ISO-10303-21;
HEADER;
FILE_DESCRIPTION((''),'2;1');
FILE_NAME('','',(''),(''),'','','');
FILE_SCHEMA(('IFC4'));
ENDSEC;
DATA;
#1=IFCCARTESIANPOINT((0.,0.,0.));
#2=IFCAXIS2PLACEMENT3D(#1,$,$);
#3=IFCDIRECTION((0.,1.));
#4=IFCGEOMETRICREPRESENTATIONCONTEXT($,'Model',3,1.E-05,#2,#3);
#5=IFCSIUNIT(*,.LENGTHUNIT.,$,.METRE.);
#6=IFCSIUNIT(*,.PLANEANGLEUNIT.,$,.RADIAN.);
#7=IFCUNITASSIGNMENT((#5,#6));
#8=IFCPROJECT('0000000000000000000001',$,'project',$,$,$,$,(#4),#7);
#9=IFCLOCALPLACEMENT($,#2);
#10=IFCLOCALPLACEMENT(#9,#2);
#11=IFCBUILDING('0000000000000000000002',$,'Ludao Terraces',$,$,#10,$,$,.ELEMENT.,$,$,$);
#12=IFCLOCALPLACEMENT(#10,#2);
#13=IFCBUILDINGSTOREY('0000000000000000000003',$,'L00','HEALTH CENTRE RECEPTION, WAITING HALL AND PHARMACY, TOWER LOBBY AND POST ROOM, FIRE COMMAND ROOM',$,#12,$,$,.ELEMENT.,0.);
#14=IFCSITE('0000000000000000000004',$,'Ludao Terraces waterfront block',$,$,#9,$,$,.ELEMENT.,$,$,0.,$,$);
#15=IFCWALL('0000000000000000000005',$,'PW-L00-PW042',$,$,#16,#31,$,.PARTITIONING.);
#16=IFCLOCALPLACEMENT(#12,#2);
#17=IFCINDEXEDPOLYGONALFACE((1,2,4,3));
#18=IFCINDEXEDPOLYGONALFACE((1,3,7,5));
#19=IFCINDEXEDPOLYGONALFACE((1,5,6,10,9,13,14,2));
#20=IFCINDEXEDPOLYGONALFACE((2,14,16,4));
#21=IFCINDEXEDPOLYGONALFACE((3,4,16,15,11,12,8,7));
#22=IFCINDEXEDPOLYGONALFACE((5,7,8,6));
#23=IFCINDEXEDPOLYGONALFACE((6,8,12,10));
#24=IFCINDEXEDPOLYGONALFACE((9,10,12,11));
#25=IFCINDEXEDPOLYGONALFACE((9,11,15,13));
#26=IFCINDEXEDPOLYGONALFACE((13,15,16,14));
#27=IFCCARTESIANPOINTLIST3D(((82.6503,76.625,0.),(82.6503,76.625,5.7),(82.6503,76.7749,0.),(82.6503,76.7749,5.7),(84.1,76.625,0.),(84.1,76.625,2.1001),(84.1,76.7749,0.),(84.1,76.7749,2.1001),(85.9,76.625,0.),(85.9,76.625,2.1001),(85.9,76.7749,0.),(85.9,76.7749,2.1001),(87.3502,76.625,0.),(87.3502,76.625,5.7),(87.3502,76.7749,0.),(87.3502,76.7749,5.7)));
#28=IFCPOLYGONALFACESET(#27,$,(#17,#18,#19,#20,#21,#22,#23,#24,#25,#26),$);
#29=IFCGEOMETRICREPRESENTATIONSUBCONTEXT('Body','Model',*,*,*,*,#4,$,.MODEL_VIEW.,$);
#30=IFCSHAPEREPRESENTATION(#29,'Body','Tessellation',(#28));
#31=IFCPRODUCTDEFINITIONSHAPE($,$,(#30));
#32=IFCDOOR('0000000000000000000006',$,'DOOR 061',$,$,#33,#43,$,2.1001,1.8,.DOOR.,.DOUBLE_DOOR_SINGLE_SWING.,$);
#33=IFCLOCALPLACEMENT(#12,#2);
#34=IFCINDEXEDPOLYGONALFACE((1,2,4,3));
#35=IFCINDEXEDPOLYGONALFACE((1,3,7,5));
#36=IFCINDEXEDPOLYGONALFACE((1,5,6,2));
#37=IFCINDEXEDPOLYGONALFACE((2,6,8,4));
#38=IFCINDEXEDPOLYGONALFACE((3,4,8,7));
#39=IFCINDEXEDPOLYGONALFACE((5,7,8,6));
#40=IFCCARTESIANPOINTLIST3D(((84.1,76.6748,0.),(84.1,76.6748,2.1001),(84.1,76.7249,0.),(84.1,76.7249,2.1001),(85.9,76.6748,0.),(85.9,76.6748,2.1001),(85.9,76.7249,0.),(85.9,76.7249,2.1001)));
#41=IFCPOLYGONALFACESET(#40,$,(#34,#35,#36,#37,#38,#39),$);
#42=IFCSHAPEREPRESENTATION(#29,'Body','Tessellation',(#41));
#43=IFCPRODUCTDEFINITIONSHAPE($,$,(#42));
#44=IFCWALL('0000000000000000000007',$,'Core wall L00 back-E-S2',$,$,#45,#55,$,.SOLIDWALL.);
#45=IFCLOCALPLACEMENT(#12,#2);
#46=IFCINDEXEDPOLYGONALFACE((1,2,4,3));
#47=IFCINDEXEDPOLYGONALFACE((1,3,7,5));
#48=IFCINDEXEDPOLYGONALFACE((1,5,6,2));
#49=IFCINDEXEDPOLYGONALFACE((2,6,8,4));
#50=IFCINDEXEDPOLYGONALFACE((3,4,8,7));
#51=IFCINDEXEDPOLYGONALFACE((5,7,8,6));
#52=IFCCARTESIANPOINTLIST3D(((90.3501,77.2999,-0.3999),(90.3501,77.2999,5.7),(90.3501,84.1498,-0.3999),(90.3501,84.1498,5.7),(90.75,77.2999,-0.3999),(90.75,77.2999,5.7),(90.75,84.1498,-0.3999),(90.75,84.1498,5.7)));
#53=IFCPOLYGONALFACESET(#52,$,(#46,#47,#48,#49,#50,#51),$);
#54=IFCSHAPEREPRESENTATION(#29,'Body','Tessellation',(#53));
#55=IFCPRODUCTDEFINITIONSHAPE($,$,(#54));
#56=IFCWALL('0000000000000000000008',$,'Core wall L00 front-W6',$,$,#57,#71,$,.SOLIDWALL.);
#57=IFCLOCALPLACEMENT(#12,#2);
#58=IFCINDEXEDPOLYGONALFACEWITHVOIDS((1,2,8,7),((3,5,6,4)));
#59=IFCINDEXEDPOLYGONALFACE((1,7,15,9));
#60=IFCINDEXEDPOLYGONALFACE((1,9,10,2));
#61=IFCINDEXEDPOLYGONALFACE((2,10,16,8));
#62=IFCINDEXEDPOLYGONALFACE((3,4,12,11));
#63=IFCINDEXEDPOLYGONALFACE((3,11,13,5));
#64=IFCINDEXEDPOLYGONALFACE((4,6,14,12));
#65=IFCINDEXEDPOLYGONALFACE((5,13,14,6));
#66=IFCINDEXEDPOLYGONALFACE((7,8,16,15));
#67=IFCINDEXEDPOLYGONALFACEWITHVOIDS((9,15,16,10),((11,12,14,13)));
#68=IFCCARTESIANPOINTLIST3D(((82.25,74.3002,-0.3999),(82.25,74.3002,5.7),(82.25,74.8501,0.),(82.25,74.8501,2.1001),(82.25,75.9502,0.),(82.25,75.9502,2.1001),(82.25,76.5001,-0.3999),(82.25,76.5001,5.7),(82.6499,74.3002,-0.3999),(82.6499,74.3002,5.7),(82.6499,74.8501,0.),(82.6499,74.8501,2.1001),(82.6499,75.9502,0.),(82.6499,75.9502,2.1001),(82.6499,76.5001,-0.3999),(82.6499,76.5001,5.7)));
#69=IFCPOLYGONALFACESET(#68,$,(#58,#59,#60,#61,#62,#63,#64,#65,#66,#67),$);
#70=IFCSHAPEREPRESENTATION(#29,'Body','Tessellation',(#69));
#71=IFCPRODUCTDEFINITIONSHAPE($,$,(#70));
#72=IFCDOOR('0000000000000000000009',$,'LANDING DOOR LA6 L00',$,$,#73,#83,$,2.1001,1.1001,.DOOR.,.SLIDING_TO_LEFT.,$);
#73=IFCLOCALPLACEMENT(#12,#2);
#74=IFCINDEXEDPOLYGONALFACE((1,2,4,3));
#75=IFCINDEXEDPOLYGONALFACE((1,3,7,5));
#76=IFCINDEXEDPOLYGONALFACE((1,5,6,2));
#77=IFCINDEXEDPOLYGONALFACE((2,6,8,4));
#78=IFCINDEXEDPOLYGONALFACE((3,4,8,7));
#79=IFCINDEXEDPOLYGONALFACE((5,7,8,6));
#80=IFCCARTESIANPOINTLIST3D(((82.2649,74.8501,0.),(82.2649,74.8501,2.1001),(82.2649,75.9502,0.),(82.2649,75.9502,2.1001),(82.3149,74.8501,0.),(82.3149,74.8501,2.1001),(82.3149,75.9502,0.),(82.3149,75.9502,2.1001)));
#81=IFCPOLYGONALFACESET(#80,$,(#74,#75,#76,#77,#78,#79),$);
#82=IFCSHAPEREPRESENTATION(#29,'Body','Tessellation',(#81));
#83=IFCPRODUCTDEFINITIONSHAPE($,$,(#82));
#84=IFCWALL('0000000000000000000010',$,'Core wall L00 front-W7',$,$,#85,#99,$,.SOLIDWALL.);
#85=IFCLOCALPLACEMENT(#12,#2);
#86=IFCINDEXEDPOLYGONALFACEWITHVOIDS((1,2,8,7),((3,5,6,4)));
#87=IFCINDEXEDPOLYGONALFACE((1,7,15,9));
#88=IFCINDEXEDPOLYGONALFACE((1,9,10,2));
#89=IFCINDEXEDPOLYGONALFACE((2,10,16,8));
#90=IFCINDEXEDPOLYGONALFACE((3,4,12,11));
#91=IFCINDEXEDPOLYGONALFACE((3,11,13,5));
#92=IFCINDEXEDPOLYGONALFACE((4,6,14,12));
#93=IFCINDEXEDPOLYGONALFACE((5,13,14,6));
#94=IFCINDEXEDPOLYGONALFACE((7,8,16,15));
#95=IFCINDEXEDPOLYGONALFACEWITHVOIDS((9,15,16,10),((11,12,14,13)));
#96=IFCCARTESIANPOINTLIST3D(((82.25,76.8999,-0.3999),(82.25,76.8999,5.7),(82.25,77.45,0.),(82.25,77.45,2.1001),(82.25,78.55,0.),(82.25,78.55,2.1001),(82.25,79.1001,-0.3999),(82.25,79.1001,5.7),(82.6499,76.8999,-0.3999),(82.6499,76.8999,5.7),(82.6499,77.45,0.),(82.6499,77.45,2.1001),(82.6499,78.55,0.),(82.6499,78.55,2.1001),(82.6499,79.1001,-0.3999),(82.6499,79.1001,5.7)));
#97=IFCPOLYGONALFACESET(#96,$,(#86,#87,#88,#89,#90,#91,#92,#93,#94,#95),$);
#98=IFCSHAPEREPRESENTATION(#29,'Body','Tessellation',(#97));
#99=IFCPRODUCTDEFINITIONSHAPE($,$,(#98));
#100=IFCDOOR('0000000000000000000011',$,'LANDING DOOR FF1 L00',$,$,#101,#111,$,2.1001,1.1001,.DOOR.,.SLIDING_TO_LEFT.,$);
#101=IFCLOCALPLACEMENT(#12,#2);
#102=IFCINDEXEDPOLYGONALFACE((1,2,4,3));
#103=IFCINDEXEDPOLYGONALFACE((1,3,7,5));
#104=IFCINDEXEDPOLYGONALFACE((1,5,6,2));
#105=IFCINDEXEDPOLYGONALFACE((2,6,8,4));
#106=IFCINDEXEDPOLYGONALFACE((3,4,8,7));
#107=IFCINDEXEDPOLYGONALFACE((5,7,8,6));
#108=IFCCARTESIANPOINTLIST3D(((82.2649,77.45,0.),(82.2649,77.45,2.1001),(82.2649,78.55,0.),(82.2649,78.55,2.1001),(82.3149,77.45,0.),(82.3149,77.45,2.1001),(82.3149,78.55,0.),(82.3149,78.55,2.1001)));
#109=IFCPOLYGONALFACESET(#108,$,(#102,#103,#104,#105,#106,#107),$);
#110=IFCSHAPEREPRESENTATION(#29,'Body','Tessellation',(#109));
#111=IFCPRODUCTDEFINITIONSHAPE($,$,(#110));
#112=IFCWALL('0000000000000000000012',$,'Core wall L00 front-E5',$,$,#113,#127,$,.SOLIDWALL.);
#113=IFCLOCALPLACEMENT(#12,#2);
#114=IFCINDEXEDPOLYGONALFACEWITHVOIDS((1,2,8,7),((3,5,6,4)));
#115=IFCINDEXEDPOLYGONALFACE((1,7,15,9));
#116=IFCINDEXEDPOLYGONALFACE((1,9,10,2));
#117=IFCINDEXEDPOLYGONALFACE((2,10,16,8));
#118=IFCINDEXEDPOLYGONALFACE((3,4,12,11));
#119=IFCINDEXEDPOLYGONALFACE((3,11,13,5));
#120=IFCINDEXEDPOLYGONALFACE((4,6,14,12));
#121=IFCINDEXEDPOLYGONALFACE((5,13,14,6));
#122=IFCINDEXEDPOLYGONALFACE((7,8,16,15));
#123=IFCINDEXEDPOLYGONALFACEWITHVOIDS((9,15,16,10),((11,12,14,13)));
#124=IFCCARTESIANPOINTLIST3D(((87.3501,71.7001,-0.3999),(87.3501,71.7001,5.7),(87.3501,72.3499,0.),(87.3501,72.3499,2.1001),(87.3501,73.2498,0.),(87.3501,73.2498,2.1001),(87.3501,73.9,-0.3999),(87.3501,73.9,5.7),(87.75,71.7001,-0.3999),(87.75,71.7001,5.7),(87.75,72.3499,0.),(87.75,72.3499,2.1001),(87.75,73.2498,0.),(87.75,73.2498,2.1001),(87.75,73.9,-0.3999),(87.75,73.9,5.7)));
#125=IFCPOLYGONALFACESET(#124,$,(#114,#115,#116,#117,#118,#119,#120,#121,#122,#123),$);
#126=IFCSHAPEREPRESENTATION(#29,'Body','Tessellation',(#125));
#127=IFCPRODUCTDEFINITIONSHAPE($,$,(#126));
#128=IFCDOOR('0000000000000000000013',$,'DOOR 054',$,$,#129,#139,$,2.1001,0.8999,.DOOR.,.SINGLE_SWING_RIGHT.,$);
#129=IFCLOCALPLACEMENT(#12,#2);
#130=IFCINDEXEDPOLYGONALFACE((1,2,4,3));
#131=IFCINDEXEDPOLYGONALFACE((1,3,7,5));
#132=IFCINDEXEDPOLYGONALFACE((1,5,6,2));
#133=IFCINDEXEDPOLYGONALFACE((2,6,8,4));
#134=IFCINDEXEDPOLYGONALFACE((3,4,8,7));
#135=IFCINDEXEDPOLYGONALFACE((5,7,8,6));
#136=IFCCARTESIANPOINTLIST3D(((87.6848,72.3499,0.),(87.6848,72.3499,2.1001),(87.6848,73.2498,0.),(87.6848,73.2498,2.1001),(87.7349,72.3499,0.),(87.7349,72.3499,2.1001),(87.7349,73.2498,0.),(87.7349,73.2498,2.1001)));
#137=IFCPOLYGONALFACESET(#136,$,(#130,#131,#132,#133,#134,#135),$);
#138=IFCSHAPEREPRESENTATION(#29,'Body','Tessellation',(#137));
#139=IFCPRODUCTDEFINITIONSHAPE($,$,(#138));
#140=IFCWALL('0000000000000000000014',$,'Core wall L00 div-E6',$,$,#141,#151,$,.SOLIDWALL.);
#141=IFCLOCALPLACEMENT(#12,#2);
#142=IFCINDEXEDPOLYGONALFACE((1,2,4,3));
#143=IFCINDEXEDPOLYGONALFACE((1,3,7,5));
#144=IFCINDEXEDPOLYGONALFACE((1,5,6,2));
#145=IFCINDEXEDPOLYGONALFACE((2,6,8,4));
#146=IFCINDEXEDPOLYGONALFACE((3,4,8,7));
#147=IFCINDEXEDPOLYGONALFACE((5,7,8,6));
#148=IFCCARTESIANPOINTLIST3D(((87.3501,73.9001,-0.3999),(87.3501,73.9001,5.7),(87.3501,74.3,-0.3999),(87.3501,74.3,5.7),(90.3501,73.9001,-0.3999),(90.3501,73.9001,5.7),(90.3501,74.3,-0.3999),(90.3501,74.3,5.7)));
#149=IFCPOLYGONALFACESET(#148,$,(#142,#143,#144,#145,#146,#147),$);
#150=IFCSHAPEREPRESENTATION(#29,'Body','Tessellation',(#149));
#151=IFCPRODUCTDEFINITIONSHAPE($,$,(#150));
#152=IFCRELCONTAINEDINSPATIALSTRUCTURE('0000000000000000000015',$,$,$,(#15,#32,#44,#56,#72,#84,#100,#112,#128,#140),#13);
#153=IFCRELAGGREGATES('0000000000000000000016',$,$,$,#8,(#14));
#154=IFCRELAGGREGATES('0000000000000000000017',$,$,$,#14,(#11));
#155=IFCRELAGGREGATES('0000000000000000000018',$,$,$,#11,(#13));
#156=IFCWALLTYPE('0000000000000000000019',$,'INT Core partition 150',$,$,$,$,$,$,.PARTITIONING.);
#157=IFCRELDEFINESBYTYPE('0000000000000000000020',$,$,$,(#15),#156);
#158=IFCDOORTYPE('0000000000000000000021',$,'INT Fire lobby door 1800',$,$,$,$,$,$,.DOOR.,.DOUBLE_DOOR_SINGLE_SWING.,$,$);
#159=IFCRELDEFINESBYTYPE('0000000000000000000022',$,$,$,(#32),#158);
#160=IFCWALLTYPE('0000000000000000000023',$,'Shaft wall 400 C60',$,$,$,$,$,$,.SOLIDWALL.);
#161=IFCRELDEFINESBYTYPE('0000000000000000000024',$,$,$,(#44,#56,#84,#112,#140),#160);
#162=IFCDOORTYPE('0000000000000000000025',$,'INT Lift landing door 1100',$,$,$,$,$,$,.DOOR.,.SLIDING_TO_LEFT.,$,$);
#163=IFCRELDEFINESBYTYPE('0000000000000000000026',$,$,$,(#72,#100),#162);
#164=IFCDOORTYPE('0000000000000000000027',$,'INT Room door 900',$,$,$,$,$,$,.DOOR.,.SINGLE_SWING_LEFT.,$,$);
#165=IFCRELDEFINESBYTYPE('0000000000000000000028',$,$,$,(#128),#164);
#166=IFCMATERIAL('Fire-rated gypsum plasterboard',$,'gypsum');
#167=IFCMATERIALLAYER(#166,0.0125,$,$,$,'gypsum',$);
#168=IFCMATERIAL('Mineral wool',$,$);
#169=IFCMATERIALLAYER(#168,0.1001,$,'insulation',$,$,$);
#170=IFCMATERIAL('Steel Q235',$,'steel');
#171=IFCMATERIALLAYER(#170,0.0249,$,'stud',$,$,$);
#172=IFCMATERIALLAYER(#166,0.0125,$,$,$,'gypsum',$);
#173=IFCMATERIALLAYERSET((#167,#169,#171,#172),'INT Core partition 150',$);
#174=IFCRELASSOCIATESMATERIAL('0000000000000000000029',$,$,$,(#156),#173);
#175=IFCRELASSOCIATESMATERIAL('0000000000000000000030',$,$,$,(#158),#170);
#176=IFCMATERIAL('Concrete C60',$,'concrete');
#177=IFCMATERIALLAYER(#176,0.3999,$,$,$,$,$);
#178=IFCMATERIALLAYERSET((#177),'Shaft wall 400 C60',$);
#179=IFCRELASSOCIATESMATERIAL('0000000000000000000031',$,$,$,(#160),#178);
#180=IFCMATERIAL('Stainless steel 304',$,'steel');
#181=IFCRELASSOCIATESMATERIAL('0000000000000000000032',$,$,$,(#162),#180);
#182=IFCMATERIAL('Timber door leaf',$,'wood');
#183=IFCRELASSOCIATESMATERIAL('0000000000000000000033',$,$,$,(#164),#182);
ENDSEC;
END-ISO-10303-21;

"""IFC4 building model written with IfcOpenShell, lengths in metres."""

from ifc_helpers import new_model, si_unit, direction, frame, frame_2d, origin, place, context, subcontext, project, spatial, rectangle, extrude, material, layer, layer_set, type_object, element, fill, save


model = new_model("IFC4")

# Units and contexts
model_context = context("Model", 3, precision=1e-05, world=origin(), true_north=direction((0.0, 1.0)))
body_context = subcontext(model_context, "Body", "Model", "MODEL_VIEW")
ifc_project = project(units=[si_unit("LENGTHUNIT", "METRE"), si_unit("PLANEANGLEUNIT", "RADIAN")], contexts=[model_context])

# Site, building, storey
site_placement = place(None, origin())
site = spatial("IfcSite", under=ifc_project, at=site_placement, Name="Ludao Terraces waterfront block", CompositionType="ELEMENT", RefElevation=0.0)
building_placement = place(site_placement, origin())
building = spatial("IfcBuilding", under=site, at=building_placement, Name="Ludao Terraces", CompositionType="ELEMENT")
storey_placement = place(building_placement, origin())
storey = spatial("IfcBuildingStorey", under=building, at=storey_placement, Name="L00", Description="HEALTH CENTRE RECEPTION, WAITING HALL AND PHARMACY, TOWER LOBBY AND POST ROOM, FIRE COMMAND ROOM", CompositionType="ELEMENT", Elevation=0.0)

# Wall, opening, door
ifc_material_1 = material(Name="Fire-rated gypsum plasterboard", Category="gypsum")
ifc_layer_1 = layer(ifc_material_1, 0.0125, Category="gypsum")
ifc_material_2 = material(Name="Mineral wool")
ifc_layer_2 = layer(ifc_material_2, 0.1001, Name="insulation")
ifc_material_3 = material(Name="Steel Q235", Category="steel")
ifc_layer_3 = layer(ifc_material_3, 0.0249, Name="stud")
ifc_layer_4 = layer(ifc_material_1, 0.0125, Category="gypsum")
ifc_layer_set_1 = layer_set([ifc_layer_1, ifc_layer_2, ifc_layer_3, ifc_layer_4], Name="INT Core partition 150")
wall_type_1 = type_object("IfcWallType", Name="INT Core partition 150", PredefinedType="PARTITIONING", material=ifc_layer_set_1)
wall_1_placement = place(storey_placement, frame((82.6501, 76.7, 0.0), z_axis=(0.0, 0.0, 1.0), x_axis=(1.0, 0.0, 0.0)))
wall_1 = element("IfcWall", 1, at=wall_1_placement, inside=storey, type_object=wall_type_1, Name="PW-L00-PW042", PredefinedType="PARTITIONING", context=body_context, shape_type="SweptSolid", body=[
    extrude(rectangle(XDim=4.7, YDim=0.1499, at=frame_2d((2.3501, 0.0))), origin(), (0.0, 0.0, 1.0), 5.7),
])
opening_1_placement = place(wall_1_placement, frame((1.45, 0.0, 0.0)))
opening_1 = element("IfcOpeningElement", 2, at=opening_1_placement, cuts=wall_1, PredefinedType="OPENING", context=body_context, shape_type="SweptSolid", body=[
    extrude(rectangle(XDim=1.8, YDim=2.1001, at=frame_2d((0.8999, 1.05))), frame((0.0, 0.085, 0.0), z_axis=(0.0, -1.0, 0.0), x_axis=(1.0, 0.0, 0.0)), (0.0, 0.0, 1.0), 0.1699),
])
door_type_1 = type_object("IfcDoorType", Name="INT Fire lobby door 1800", OperationType="DOUBLE_DOOR_SINGLE_SWING", PredefinedType="DOOR", material=ifc_material_3)
door_1_placement = place(opening_1_placement, origin())
door_1 = element("IfcDoor", 3, at=door_1_placement, inside=storey, type_object=door_type_1, Name="DOOR 061", OperationType="DOUBLE_DOOR_SINGLE_SWING", OverallHeight=2.1001, OverallWidth=1.8, PredefinedType="DOOR", context=body_context, shape_type="SweptSolid", body=[
    extrude(rectangle(XDim=1.8, YDim=2.1001, at=frame_2d((0.8999, 1.05))), frame((0.0, 0.0249, 0.0), z_axis=(0.0, -1.0, 0.0), x_axis=(1.0, 0.0, 0.0)), (0.0, 0.0, 1.0), 0.05),
])
fill(opening_1, door_1)

# Wall
ifc_material_4 = material(Name="Concrete C60", Category="concrete")
ifc_layer_5 = layer(ifc_material_4, 0.3999)
ifc_layer_set_2 = layer_set([ifc_layer_5], Name="Shaft wall 400 C60")
wall_type_2 = type_object("IfcWallType", Name="Shaft wall 400 C60", PredefinedType="SOLIDWALL", material=ifc_layer_set_2)
wall_2_placement = place(storey_placement, frame((90.55, 77.3, -0.3999), z_axis=(0.0, 0.0, 1.0), x_axis=(0.0, 1.0, 0.0)))
element("IfcWall", 4, at=wall_2_placement, inside=storey, type_object=wall_type_2, Name="Core wall L00 back-E-S2", PredefinedType="SOLIDWALL", context=body_context, shape_type="SweptSolid", body=[
    extrude(rectangle(XDim=6.8499, YDim=0.3999, at=frame_2d((3.4248, 0.0))), origin(), (0.0, 0.0, 1.0), 6.0999),
])

# Walls, openings, doors
wall_3_placement = place(storey_placement, frame((82.45, 74.3, -0.3999), z_axis=(0.0, 0.0, 1.0), x_axis=(0.0, 1.0, 0.0)))
wall_3 = element("IfcWall", 5, at=wall_3_placement, inside=storey, type_object=wall_type_2, Name="Core wall L00 front-W6", PredefinedType="SOLIDWALL", context=body_context, shape_type="SweptSolid", body=[
    extrude(rectangle(XDim=2.2, YDim=0.3999, at=frame_2d((1.1001, 0.0))), origin(), (0.0, 0.0, 1.0), 6.0999),
])
opening_2_placement = place(wall_3_placement, frame((0.55, 0.0, 0.3999)))
opening_2 = element("IfcOpeningElement", 6, at=opening_2_placement, cuts=wall_3, PredefinedType="OPENING", context=body_context, shape_type="SweptSolid", body=[
    extrude(rectangle(XDim=1.1001, YDim=2.1001, at=frame_2d((0.55, 1.05))), frame((0.0, 0.21, 0.0), z_axis=(0.0, -1.0, 0.0), x_axis=(1.0, 0.0, 0.0)), (0.0, 0.0, 1.0), 0.4199),
])
ifc_material_5 = material(Name="Stainless steel 304", Category="steel")
door_type_2 = type_object("IfcDoorType", Name="INT Lift landing door 1100", OperationType="SLIDING_TO_LEFT", PredefinedType="DOOR", material=ifc_material_5)
door_2_placement = place(opening_2_placement, origin())
door_2 = element("IfcDoor", 7, at=door_2_placement, inside=storey, type_object=door_type_2, Name="LANDING DOOR LA6 L00", OperationType="SLIDING_TO_LEFT", OverallHeight=2.1001, OverallWidth=1.1001, PredefinedType="DOOR", context=body_context, shape_type="SweptSolid", body=[
    extrude(rectangle(XDim=1.1001, YDim=2.1001, at=frame_2d((0.55, 1.05))), frame((0.0, 0.1851, 0.0), z_axis=(0.0, -1.0, 0.0), x_axis=(1.0, 0.0, 0.0)), (0.0, 0.0, 1.0), 0.05),
])
fill(opening_2, door_2)
wall_4_placement = place(storey_placement, frame((82.45, 76.8999, -0.3999), z_axis=(0.0, 0.0, 1.0), x_axis=(0.0, 1.0, 0.0)))
wall_4 = element("IfcWall", 8, at=wall_4_placement, inside=storey, type_object=wall_type_2, Name="Core wall L00 front-W7", PredefinedType="SOLIDWALL", context=body_context, shape_type="SweptSolid", body=[
    extrude(rectangle(XDim=2.2002, YDim=0.3999, at=frame_2d((1.1001, 0.0))), origin(), (0.0, 0.0, 1.0), 6.0999),
])
opening_3_placement = place(wall_4_placement, frame((0.55, 0.0, 0.3999)))
opening_3 = element("IfcOpeningElement", 9, at=opening_3_placement, cuts=wall_4, PredefinedType="OPENING", context=body_context, shape_type="SweptSolid", body=[
    extrude(rectangle(XDim=1.1001, YDim=2.1001, at=frame_2d((0.55, 1.05))), frame((0.0, 0.21, 0.0), z_axis=(0.0, -1.0, 0.0), x_axis=(1.0, 0.0, 0.0)), (0.0, 0.0, 1.0), 0.4199),
])
door_3_placement = place(opening_3_placement, origin())
door_3 = element("IfcDoor", 10, at=door_3_placement, inside=storey, type_object=door_type_2, Name="LANDING DOOR FF1 L00", OperationType="SLIDING_TO_LEFT", OverallHeight=2.1001, OverallWidth=1.1001, PredefinedType="DOOR", context=body_context, shape_type="SweptSolid", body=[
    extrude(rectangle(XDim=1.1001, YDim=2.1001, at=frame_2d((0.55, 1.05))), frame((0.0, 0.1851, 0.0), z_axis=(0.0, -1.0, 0.0), x_axis=(1.0, 0.0, 0.0)), (0.0, 0.0, 1.0), 0.05),
])
fill(opening_3, door_3)
wall_5_placement = place(storey_placement, frame((87.55, 71.7, -0.3999), z_axis=(0.0, 0.0, 1.0), x_axis=(0.0, 1.0, 0.0)))
wall_5 = element("IfcWall", 11, at=wall_5_placement, inside=storey, type_object=wall_type_2, Name="Core wall L00 front-E5", PredefinedType="SOLIDWALL", context=body_context, shape_type="SweptSolid", body=[
    extrude(rectangle(XDim=2.2, YDim=0.3999, at=frame_2d((1.1001, 0.0))), origin(), (0.0, 0.0, 1.0), 6.0999),
])
opening_4_placement = place(wall_5_placement, frame((0.6499, 0.0, 0.3999)))
opening_4 = element("IfcOpeningElement", 12, at=opening_4_placement, cuts=wall_5, PredefinedType="OPENING", context=body_context, shape_type="SweptSolid", body=[
    extrude(rectangle(XDim=0.8999, YDim=2.1001, at=frame_2d((0.45, 1.05))), frame((0.0, 0.21, 0.0), z_axis=(0.0, -1.0, 0.0), x_axis=(1.0, 0.0, 0.0)), (0.0, 0.0, 1.0), 0.4199),
])
ifc_material_6 = material(Name="Timber door leaf", Category="wood")
door_type_3 = type_object("IfcDoorType", Name="INT Room door 900", OperationType="SINGLE_SWING_LEFT", PredefinedType="DOOR", material=ifc_material_6)
door_4_placement = place(opening_4_placement, origin())
door_4 = element("IfcDoor", 13, at=door_4_placement, inside=storey, type_object=door_type_3, Name="DOOR 054", OperationType="SINGLE_SWING_RIGHT", OverallHeight=2.1001, OverallWidth=0.8999, PredefinedType="DOOR", context=body_context, shape_type="SweptSolid", body=[
    extrude(rectangle(XDim=0.8999, YDim=2.1001, at=frame_2d((0.45, 1.05))), frame((0.0, -0.1348, 0.0), z_axis=(0.0, -1.0, 0.0), x_axis=(1.0, 0.0, 0.0)), (0.0, 0.0, 1.0), 0.05),
])
fill(opening_4, door_4)

# Wall
wall_6_placement = place(storey_placement, frame((87.3501, 74.1001, -0.3999), z_axis=(0.0, 0.0, 1.0), x_axis=(1.0, 0.0, 0.0)))
element("IfcWall", 14, at=wall_6_placement, inside=storey, type_object=wall_type_2, Name="Core wall L00 div-E6", PredefinedType="SOLIDWALL", context=body_context, shape_type="SweptSolid", body=[
    extrude(rectangle(XDim=3.0, YDim=0.3999, at=frame_2d((1.5, 0.0))), origin(), (0.0, 0.0, 1.0), 6.0999),
])

save(model, "model.ifc")
